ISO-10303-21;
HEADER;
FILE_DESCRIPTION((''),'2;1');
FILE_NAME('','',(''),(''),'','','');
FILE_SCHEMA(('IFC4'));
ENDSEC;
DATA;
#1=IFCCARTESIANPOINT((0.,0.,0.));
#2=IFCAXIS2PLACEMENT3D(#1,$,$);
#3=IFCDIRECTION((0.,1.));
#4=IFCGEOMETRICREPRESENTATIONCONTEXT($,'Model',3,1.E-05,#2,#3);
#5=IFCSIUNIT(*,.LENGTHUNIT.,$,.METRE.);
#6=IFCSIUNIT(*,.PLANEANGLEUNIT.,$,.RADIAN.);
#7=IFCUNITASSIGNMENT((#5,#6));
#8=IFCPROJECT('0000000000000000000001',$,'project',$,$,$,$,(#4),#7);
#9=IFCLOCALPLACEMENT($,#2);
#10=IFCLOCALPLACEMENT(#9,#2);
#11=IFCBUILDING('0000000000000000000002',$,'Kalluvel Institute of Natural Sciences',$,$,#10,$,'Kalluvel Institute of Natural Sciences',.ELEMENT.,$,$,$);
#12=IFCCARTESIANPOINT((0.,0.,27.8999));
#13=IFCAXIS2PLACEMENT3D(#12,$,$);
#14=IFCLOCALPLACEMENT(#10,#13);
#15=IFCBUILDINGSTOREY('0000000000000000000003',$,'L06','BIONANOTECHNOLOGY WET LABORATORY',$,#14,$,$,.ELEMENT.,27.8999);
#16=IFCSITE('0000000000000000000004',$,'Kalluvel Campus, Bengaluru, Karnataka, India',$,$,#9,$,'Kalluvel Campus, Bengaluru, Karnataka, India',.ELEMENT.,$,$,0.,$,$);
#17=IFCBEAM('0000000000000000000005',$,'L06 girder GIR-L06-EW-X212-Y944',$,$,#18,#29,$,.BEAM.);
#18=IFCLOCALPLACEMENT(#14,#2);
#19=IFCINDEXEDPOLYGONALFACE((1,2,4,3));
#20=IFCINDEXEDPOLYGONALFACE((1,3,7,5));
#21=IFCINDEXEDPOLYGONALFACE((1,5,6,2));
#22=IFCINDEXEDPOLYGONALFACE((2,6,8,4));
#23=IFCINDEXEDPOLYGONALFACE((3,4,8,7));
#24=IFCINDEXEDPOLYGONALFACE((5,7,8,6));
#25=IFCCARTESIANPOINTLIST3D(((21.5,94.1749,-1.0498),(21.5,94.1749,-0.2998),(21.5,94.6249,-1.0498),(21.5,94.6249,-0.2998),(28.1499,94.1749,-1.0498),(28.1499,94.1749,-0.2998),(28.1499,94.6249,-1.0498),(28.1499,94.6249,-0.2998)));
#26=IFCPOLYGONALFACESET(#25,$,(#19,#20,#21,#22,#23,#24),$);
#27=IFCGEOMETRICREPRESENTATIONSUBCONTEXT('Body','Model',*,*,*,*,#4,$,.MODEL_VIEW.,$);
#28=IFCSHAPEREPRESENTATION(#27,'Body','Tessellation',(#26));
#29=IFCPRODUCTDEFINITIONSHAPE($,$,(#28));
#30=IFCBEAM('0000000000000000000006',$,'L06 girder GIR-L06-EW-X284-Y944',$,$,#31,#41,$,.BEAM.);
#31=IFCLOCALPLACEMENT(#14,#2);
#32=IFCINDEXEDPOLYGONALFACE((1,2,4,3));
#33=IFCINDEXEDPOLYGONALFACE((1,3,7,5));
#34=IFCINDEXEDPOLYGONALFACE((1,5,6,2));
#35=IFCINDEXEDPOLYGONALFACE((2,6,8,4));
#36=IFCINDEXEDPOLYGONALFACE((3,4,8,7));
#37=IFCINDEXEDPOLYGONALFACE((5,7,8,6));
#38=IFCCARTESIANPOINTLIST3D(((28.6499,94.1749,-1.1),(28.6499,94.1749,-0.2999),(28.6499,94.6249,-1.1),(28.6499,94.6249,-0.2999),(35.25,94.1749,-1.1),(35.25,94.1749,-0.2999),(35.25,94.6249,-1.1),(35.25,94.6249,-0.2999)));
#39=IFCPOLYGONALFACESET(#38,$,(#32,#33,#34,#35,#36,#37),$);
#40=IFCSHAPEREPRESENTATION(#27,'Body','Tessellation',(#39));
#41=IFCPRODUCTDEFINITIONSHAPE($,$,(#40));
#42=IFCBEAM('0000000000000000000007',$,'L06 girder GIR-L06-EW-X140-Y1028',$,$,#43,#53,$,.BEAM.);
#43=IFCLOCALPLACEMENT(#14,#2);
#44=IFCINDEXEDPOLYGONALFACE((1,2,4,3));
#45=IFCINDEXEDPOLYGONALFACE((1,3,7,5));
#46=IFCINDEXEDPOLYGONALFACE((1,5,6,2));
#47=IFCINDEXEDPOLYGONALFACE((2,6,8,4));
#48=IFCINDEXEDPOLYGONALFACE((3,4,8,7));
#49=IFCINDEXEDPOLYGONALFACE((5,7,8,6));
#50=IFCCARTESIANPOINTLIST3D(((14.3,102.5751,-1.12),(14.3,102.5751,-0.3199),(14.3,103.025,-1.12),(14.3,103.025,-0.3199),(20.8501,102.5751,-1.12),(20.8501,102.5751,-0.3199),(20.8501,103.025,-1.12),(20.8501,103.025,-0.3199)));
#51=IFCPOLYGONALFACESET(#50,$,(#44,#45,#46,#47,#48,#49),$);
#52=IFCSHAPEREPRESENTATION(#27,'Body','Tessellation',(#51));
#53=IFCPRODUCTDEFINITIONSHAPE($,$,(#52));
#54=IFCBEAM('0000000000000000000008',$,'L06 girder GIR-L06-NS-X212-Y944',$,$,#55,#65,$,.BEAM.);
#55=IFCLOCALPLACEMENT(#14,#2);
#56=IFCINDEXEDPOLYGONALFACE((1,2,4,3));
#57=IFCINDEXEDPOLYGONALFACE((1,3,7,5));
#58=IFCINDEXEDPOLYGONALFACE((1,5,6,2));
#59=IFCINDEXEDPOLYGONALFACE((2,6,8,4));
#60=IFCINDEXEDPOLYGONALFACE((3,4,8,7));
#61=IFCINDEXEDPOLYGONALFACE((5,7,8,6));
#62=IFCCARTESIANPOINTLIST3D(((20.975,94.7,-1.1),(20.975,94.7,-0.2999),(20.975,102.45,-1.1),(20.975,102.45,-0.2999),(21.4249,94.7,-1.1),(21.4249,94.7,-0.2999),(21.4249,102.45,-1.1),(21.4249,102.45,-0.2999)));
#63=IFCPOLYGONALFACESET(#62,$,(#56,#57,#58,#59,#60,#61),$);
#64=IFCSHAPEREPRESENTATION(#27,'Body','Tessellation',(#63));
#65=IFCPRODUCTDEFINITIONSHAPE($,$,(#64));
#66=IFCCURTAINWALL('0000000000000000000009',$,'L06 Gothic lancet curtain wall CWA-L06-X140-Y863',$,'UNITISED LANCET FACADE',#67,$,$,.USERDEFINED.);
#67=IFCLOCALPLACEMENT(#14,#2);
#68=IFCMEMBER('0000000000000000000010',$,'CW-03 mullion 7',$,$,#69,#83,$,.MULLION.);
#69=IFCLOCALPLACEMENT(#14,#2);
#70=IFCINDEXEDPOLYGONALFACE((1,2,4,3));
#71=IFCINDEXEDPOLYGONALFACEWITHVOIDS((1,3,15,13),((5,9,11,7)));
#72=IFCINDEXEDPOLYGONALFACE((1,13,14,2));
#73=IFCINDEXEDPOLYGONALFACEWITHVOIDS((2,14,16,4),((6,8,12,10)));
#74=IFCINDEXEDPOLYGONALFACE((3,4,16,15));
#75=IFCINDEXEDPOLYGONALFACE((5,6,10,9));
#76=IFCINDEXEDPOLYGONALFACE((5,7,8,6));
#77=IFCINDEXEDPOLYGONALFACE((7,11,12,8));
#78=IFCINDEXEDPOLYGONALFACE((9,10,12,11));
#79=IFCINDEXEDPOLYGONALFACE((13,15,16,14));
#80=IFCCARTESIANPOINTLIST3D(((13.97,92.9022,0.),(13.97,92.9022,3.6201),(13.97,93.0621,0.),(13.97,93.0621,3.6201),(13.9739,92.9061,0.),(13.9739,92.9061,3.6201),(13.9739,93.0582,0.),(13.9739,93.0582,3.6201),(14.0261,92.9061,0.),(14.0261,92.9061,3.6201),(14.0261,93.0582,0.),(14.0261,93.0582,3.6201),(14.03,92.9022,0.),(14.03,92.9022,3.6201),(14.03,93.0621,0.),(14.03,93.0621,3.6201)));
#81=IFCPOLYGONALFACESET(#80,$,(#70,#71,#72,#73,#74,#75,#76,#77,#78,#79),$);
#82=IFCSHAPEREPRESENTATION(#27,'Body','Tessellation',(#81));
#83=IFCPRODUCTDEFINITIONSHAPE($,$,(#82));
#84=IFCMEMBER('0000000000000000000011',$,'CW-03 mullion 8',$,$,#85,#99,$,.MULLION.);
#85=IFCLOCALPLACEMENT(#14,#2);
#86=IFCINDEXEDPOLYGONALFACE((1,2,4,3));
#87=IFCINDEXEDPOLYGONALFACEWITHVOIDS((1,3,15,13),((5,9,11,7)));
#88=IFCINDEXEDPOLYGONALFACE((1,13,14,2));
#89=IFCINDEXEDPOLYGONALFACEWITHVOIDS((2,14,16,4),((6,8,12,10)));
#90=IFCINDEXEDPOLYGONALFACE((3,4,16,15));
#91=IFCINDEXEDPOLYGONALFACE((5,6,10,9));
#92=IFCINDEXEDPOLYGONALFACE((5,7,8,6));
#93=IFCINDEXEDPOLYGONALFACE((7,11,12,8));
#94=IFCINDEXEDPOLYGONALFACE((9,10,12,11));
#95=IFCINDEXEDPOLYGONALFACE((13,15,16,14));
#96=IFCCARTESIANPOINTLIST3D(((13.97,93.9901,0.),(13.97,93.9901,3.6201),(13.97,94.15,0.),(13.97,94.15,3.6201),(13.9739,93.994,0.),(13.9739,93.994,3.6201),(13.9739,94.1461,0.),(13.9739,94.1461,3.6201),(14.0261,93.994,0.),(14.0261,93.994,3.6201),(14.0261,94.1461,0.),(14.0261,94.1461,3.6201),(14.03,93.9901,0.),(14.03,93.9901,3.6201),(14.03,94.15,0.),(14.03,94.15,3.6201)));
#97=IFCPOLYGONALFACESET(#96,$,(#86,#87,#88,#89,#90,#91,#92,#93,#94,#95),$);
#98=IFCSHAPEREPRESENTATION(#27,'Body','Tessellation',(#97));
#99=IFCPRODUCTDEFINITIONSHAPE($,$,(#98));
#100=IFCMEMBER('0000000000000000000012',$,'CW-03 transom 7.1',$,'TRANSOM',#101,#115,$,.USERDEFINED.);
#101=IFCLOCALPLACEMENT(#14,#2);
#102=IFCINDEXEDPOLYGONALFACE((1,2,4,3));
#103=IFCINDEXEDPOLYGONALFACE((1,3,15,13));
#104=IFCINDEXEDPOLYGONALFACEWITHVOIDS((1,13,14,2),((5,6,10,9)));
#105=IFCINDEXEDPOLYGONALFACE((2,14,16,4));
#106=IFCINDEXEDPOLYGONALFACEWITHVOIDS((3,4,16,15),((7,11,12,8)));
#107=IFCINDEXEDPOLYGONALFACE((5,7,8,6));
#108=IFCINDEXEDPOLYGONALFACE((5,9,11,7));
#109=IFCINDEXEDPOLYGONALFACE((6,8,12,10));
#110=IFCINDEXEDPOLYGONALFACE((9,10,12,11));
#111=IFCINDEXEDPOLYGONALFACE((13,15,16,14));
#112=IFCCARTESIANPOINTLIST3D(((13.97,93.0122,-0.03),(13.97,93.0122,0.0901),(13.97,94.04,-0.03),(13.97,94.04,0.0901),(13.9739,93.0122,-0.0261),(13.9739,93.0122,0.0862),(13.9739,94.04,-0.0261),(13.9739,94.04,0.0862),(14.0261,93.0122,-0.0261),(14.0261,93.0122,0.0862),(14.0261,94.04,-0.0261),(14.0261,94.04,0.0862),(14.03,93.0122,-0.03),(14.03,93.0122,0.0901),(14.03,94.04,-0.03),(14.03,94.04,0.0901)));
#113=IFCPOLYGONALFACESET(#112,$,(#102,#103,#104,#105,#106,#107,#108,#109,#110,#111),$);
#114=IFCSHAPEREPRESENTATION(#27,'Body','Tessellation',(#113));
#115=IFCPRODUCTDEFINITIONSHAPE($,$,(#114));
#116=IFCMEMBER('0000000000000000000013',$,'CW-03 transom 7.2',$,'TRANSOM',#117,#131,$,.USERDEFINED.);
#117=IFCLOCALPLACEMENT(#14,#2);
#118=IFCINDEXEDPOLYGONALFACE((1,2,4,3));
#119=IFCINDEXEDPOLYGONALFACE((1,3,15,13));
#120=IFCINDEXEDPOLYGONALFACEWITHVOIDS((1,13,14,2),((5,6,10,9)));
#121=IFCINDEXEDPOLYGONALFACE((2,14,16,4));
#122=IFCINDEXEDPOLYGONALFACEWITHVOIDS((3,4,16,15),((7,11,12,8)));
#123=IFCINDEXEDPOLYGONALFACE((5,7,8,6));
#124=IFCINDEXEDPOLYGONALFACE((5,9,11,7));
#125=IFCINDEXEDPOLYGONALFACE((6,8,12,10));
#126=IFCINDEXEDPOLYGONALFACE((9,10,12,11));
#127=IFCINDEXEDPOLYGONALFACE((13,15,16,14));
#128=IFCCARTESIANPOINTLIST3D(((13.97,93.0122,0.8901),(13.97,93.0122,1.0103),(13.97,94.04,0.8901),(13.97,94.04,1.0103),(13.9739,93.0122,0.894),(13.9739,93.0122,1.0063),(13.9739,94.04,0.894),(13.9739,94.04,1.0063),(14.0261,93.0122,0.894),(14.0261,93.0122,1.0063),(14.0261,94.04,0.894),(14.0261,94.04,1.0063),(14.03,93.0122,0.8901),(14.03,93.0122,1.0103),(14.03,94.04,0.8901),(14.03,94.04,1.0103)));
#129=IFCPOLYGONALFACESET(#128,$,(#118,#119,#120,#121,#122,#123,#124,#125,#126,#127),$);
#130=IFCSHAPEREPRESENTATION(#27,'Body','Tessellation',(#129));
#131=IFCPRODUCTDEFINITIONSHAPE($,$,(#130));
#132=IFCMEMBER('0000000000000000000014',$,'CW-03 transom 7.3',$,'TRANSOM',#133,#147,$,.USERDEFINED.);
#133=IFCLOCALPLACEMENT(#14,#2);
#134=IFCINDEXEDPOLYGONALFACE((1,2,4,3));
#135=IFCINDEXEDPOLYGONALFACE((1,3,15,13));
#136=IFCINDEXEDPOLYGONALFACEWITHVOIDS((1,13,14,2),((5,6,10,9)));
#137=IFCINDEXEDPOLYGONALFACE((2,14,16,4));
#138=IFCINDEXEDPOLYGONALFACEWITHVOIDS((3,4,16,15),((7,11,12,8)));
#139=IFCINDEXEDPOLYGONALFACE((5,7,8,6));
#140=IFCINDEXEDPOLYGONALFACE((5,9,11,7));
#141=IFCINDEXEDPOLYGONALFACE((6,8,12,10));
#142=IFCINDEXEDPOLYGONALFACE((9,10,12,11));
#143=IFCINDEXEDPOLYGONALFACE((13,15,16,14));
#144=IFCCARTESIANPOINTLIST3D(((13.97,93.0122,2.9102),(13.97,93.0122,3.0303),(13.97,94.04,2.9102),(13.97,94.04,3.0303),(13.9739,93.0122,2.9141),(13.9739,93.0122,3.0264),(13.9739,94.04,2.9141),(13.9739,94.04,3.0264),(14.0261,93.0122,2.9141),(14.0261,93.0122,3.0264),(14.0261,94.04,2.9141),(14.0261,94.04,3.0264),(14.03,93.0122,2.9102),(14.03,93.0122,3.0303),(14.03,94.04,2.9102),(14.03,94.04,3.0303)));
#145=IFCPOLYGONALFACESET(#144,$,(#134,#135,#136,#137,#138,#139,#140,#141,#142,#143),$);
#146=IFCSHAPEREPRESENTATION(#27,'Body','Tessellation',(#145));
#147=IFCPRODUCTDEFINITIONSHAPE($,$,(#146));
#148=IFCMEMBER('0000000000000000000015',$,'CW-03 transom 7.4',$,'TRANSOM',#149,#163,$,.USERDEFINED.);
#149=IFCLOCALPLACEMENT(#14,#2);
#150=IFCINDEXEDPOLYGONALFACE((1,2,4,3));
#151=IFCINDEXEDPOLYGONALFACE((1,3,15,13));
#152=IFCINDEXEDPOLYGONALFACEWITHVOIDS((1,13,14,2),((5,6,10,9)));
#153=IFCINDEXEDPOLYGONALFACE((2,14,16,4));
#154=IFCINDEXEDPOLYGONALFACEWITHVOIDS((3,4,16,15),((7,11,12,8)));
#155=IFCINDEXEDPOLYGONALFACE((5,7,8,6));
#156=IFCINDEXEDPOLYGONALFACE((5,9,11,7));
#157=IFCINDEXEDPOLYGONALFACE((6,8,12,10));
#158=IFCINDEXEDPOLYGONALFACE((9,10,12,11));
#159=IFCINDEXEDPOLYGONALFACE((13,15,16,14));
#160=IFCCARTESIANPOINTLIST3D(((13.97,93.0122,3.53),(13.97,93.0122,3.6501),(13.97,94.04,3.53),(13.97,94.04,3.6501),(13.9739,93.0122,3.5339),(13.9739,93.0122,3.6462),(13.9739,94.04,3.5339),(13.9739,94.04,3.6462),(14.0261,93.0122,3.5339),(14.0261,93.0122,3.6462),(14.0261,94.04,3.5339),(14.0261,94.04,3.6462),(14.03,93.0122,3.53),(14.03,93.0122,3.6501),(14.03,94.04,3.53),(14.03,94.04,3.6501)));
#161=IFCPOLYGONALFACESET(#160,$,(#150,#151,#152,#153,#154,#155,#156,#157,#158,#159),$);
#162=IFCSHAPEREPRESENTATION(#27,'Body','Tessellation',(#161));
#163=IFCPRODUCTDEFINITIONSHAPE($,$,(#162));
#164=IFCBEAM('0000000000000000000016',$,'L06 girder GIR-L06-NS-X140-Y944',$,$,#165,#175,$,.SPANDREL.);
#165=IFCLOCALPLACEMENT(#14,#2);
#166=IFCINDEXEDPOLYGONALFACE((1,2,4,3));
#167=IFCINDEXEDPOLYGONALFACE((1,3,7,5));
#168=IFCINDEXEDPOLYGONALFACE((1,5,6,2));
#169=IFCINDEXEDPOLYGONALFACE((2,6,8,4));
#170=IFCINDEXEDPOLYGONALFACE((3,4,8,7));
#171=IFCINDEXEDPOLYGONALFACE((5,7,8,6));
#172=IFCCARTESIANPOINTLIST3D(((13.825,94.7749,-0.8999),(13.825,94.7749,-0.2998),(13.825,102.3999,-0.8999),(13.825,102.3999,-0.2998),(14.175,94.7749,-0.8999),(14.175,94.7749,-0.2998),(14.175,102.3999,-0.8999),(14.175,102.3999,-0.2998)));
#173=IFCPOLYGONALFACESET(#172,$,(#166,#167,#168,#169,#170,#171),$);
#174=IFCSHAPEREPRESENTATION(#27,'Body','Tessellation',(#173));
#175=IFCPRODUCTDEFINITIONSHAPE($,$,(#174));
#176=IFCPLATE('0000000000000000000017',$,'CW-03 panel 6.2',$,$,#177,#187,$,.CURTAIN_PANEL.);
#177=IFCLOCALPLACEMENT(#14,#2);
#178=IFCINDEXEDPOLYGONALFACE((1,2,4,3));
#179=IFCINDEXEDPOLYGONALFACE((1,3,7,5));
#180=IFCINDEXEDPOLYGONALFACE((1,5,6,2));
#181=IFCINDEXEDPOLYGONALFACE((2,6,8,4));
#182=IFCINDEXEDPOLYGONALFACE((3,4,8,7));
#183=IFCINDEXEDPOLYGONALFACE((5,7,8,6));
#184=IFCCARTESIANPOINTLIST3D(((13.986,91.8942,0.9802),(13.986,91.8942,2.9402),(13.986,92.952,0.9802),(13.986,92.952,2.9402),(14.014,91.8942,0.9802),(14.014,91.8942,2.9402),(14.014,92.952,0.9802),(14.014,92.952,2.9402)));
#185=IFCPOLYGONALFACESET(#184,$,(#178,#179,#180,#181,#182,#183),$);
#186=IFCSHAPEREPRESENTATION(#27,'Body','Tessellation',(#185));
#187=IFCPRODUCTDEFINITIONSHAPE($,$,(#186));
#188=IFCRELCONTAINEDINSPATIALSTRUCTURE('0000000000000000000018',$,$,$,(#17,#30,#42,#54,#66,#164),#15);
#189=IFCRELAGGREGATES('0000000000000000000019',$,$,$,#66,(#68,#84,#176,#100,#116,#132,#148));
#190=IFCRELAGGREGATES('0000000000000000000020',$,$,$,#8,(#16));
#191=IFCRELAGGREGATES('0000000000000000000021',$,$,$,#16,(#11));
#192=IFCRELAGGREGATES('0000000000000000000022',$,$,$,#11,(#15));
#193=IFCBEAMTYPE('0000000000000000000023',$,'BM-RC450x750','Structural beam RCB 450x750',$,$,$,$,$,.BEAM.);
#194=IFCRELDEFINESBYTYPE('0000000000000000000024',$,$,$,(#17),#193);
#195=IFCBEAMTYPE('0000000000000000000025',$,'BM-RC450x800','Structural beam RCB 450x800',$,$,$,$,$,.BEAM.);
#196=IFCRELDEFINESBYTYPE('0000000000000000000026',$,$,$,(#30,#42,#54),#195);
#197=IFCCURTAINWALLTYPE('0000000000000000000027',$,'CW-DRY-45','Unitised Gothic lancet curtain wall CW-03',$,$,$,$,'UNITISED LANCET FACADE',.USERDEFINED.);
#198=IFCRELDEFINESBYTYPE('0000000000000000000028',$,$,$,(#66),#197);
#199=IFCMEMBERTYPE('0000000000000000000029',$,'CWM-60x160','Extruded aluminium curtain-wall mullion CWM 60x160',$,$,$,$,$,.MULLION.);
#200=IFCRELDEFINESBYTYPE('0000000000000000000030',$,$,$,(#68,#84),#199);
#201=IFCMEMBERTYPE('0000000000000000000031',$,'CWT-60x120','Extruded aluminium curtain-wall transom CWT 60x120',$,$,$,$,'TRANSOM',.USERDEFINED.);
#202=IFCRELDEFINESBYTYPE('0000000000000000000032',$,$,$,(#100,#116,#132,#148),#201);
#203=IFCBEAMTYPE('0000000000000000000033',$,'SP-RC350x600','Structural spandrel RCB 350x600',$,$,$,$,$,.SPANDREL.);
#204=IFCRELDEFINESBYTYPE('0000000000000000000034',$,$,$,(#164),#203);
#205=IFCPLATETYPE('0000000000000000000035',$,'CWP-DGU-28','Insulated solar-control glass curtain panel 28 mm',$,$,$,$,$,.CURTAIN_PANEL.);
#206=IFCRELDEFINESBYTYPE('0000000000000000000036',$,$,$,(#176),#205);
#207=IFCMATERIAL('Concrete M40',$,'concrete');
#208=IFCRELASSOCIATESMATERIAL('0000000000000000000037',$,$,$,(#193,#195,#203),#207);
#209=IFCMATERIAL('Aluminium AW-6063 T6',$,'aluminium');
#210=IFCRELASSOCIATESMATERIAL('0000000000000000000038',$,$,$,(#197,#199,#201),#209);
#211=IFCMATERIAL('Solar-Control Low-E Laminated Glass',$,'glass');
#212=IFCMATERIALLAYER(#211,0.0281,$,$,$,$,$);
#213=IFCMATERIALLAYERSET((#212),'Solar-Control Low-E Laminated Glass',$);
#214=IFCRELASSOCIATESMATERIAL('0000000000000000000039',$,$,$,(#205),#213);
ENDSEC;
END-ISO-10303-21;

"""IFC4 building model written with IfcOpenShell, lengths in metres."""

from ifc_helpers import new_model, si_unit, direction, frame, origin, origin_2d, place, context, subcontext, project, spatial, rectangle, hollow_rectangle, extrude, material, layer, layer_set, material_profile, profile_set, type_object, element, aggregate, save


model = new_model("IFC4")

# Units and contexts
model_context = context("Model", 3, precision=1e-05, world=origin(), true_north=direction((0.0, 1.0)))
body_context = subcontext(model_context, "Body", "Model", "MODEL_VIEW")
ifc_project = project(units=[si_unit("LENGTHUNIT", "METRE"), si_unit("PLANEANGLEUNIT", "RADIAN")], contexts=[model_context])

# Site, building, storey
site_placement = place(None, origin())
site = spatial("IfcSite", under=ifc_project, at=site_placement, Name="Kalluvel Campus, Bengaluru, Karnataka, India", LongName="Kalluvel Campus, Bengaluru, Karnataka, India", CompositionType="ELEMENT", RefElevation=0.0)
building_placement = place(site_placement, origin())
building = spatial("IfcBuilding", under=site, at=building_placement, Name="Kalluvel Institute of Natural Sciences", LongName="Kalluvel Institute of Natural Sciences", CompositionType="ELEMENT")
storey_placement = place(building_placement, frame((0.0, 0.0, 27.8999)))
storey = spatial("IfcBuildingStorey", under=building, at=storey_placement, Name="L06", Description="BIONANOTECHNOLOGY WET LABORATORY", CompositionType="ELEMENT", Elevation=27.8999)

# Shared definitions
ifc_material_1 = material(Name="Concrete M40", Category="concrete")

# Beams
ifc_material_profile_1 = material_profile(ifc_material_1, rectangle(XDim=0.45, YDim=0.75, at=origin_2d()), Name="RCB 450x750")
ifc_profile_set_1 = profile_set([ifc_material_profile_1], Name="Concrete M40")
beam_type_1 = type_object("IfcBeamType", Name="BM-RC450x750", Description="Structural beam RCB 450x750", PredefinedType="BEAM", material=ifc_profile_set_1)
beam_1_placement = place(storey_placement, frame((21.5, 94.3999, -0.6748), z_axis=(1.0, 0.0, 0.0), x_axis=(0.0, 1.0, 0.0)))
element("IfcBeam", 1, at=beam_1_placement, inside=storey, type_object=beam_type_1, Name="L06 girder GIR-L06-EW-X212-Y944", PredefinedType="BEAM", context=body_context, shape_type="SweptSolid", body=[
    extrude(rectangle(XDim=0.45, YDim=0.75, at=origin_2d()), origin(), (0.0, 0.0, 1.0), 6.6499),
])
ifc_material_profile_2 = material_profile(ifc_material_1, rectangle(XDim=0.45, YDim=0.8, at=origin_2d()), Name="RCB 450x800")
ifc_profile_set_2 = profile_set([ifc_material_profile_2], Name="Concrete M40")
beam_type_2 = type_object("IfcBeamType", Name="BM-RC450x800", Description="Structural beam RCB 450x800", PredefinedType="BEAM", material=ifc_profile_set_2)
beam_2_placement = place(storey_placement, frame((28.6499, 94.3999, -0.7), z_axis=(1.0, 0.0, 0.0), x_axis=(0.0, 1.0, 0.0)))
element("IfcBeam", 2, at=beam_2_placement, inside=storey, type_object=beam_type_2, Name="L06 girder GIR-L06-EW-X284-Y944", PredefinedType="BEAM", context=body_context, shape_type="SweptSolid", body=[
    extrude(rectangle(XDim=0.45, YDim=0.8, at=origin_2d()), origin(), (0.0, 0.0, 1.0), 6.6001),
])
beam_3_placement = place(storey_placement, frame((14.3, 102.8, -0.72), z_axis=(1.0, 0.0, 0.0), x_axis=(0.0, 1.0, 0.0)))
element("IfcBeam", 3, at=beam_3_placement, inside=storey, type_object=beam_type_2, Name="L06 girder GIR-L06-EW-X140-Y1028", PredefinedType="BEAM", context=body_context, shape_type="SweptSolid", body=[
    extrude(rectangle(XDim=0.45, YDim=0.8, at=origin_2d()), origin(), (0.0, 0.0, 1.0), 6.55),
])
beam_4_placement = place(storey_placement, frame((21.2, 94.7, -0.7), z_axis=(0.0, 1.0, 0.0), x_axis=(-1.0, 0.0, 0.0)))
element("IfcBeam", 4, at=beam_4_placement, inside=storey, type_object=beam_type_2, Name="L06 girder GIR-L06-NS-X212-Y944", PredefinedType="BEAM", context=body_context, shape_type="SweptSolid", body=[
    extrude(rectangle(XDim=0.45, YDim=0.8, at=origin_2d()), origin(), (0.0, 0.0, 1.0), 7.75),
])

# Curtain wall, members
ifc_material_2 = material(Name="Aluminium AW-6063 T6", Category="aluminium")
curtain_wall_type = type_object("IfcCurtainWallType", Name="CW-DRY-45", Description="Unitised Gothic lancet curtain wall CW-03", ElementType="UNITISED LANCET FACADE", PredefinedType="USERDEFINED", material=ifc_material_2)
curtain_wall_placement = place(storey_placement, origin())
curtain_wall = element("IfcCurtainWall", 5, at=curtain_wall_placement, inside=storey, type_object=curtain_wall_type, Name="L06 Gothic lancet curtain wall CWA-L06-X140-Y863", ObjectType="UNITISED LANCET FACADE", PredefinedType="USERDEFINED")
ifc_material_profile_3 = material_profile(ifc_material_2, hollow_rectangle(XDim=0.0601, YDim=0.1599, WallThickness=0.0039, at=origin_2d()), Name="CWM 60x160")
ifc_profile_set_3 = profile_set([ifc_material_profile_3], Name="Aluminium AW-6063 T6")
member_type_1 = type_object("IfcMemberType", Name="CWM-60x160", Description="Extruded aluminium curtain-wall mullion CWM 60x160", PredefinedType="MULLION", material=ifc_profile_set_3)
member_1_placement = place(storey_placement, frame((14.0, 92.9822, 0.0), z_axis=(0.0, 0.0, 1.0), x_axis=(-1.0, 0.0, 0.0)))
member_1 = element("IfcMember", 6, at=member_1_placement, type_object=member_type_1, Name="CW-03 mullion 7", PredefinedType="MULLION", context=body_context, shape_type="SweptSolid", body=[
    extrude(hollow_rectangle(XDim=0.0601, YDim=0.1599, WallThickness=0.0039, at=origin_2d()), origin(), (0.0, 0.0, 1.0), 3.6201),
])
member_2_placement = place(storey_placement, frame((14.0, 94.0701, 0.0), z_axis=(0.0, 0.0, 1.0), x_axis=(-1.0, 0.0, 0.0)))
member_2 = element("IfcMember", 7, at=member_2_placement, type_object=member_type_1, Name="CW-03 mullion 8", PredefinedType="MULLION", context=body_context, shape_type="SweptSolid", body=[
    extrude(hollow_rectangle(XDim=0.0601, YDim=0.1599, WallThickness=0.0039, at=origin_2d()), origin(), (0.0, 0.0, 1.0), 3.6201),
])
ifc_material_profile_4 = material_profile(ifc_material_2, hollow_rectangle(XDim=0.0601, YDim=0.1201, WallThickness=0.0039, at=origin_2d()), Name="CWT 60x120")
ifc_profile_set_4 = profile_set([ifc_material_profile_4], Name="Aluminium AW-6063 T6")
member_type_2 = type_object("IfcMemberType", Name="CWT-60x120", Description="Extruded aluminium curtain-wall transom CWT 60x120", ElementType="TRANSOM", PredefinedType="USERDEFINED", material=ifc_profile_set_4)
member_3_placement = place(storey_placement, frame((14.0, 93.0122, 0.03), z_axis=(0.0, 1.0, 0.0), x_axis=(-1.0, 0.0, 0.0)))
member_3 = element("IfcMember", 8, at=member_3_placement, type_object=member_type_2, Name="CW-03 transom 7.1", ObjectType="TRANSOM", PredefinedType="USERDEFINED", context=body_context, shape_type="SweptSolid", body=[
    extrude(hollow_rectangle(XDim=0.0601, YDim=0.1201, WallThickness=0.0039, at=origin_2d()), origin(), (0.0, 0.0, 1.0), 1.0278),
])
member_4_placement = place(storey_placement, frame((14.0, 93.0122, 0.9502), z_axis=(0.0, 1.0, 0.0), x_axis=(-1.0, 0.0, 0.0)))
member_4 = element("IfcMember", 9, at=member_4_placement, type_object=member_type_2, Name="CW-03 transom 7.2", ObjectType="TRANSOM", PredefinedType="USERDEFINED", context=body_context, shape_type="SweptSolid", body=[
    extrude(hollow_rectangle(XDim=0.0601, YDim=0.1201, WallThickness=0.0039, at=origin_2d()), origin(), (0.0, 0.0, 1.0), 1.0278),
])
member_5_placement = place(storey_placement, frame((14.0, 93.0122, 2.9702), z_axis=(0.0, 1.0, 0.0), x_axis=(-1.0, 0.0, 0.0)))
member_5 = element("IfcMember", 10, at=member_5_placement, type_object=member_type_2, Name="CW-03 transom 7.3", ObjectType="TRANSOM", PredefinedType="USERDEFINED", context=body_context, shape_type="SweptSolid", body=[
    extrude(hollow_rectangle(XDim=0.0601, YDim=0.1201, WallThickness=0.0039, at=origin_2d()), origin(), (0.0, 0.0, 1.0), 1.0278),
])
member_6_placement = place(storey_placement, frame((14.0, 93.0122, 3.5901), z_axis=(0.0, 1.0, 0.0), x_axis=(-1.0, 0.0, 0.0)))
member_6 = element("IfcMember", 11, at=member_6_placement, type_object=member_type_2, Name="CW-03 transom 7.4", ObjectType="TRANSOM", PredefinedType="USERDEFINED", context=body_context, shape_type="SweptSolid", body=[
    extrude(hollow_rectangle(XDim=0.0601, YDim=0.1201, WallThickness=0.0039, at=origin_2d()), origin(), (0.0, 0.0, 1.0), 1.0278),
])

# Beam
ifc_material_profile_5 = material_profile(ifc_material_1, rectangle(XDim=0.3501, YDim=0.6001, at=origin_2d()), Name="RCB 350x600")
ifc_profile_set_5 = profile_set([ifc_material_profile_5], Name="Concrete M40")
beam_type_3 = type_object("IfcBeamType", Name="SP-RC350x600", Description="Structural spandrel RCB 350x600", PredefinedType="SPANDREL", material=ifc_profile_set_5)
beam_5_placement = place(storey_placement, frame((14.0, 94.7749, -0.5999), z_axis=(0.0, 1.0, 0.0), x_axis=(-1.0, 0.0, 0.0)))
element("IfcBeam", 12, at=beam_5_placement, inside=storey, type_object=beam_type_3, Name="L06 girder GIR-L06-NS-X140-Y944", PredefinedType="SPANDREL", context=body_context, shape_type="SweptSolid", body=[
    extrude(rectangle(XDim=0.3501, YDim=0.6001, at=origin_2d()), origin(), (0.0, 0.0, 1.0), 7.625),
])

# Plate
ifc_material_3 = material(Name="Solar-Control Low-E Laminated Glass", Category="glass")
ifc_layer_1 = layer(ifc_material_3, 0.0281)
ifc_layer_set_1 = layer_set([ifc_layer_1], Name="Solar-Control Low-E Laminated Glass")
plate_type = type_object("IfcPlateType", Name="CWP-DGU-28", Description="Insulated solar-control glass curtain panel 28 mm", PredefinedType="CURTAIN_PANEL", material=ifc_layer_set_1)
plate_1_placement = place(storey_placement, frame((14.0, 92.4231, 0.9802), z_axis=(0.0, 0.0, 1.0), x_axis=(0.0, 1.0, 0.0)))
plate_1 = element("IfcPlate", 13, at=plate_1_placement, type_object=plate_type, Name="CW-03 panel 6.2", PredefinedType="CURTAIN_PANEL", context=body_context, shape_type="SweptSolid", body=[
    extrude(rectangle(XDim=1.0579, YDim=0.0281, at=origin_2d()), origin(), (0.0, 0.0, 1.0), 1.96),
])
aggregate(curtain_wall, [member_1, member_2, plate_1, member_3, member_4, member_5, member_6])

save(model, "model.ifc")
